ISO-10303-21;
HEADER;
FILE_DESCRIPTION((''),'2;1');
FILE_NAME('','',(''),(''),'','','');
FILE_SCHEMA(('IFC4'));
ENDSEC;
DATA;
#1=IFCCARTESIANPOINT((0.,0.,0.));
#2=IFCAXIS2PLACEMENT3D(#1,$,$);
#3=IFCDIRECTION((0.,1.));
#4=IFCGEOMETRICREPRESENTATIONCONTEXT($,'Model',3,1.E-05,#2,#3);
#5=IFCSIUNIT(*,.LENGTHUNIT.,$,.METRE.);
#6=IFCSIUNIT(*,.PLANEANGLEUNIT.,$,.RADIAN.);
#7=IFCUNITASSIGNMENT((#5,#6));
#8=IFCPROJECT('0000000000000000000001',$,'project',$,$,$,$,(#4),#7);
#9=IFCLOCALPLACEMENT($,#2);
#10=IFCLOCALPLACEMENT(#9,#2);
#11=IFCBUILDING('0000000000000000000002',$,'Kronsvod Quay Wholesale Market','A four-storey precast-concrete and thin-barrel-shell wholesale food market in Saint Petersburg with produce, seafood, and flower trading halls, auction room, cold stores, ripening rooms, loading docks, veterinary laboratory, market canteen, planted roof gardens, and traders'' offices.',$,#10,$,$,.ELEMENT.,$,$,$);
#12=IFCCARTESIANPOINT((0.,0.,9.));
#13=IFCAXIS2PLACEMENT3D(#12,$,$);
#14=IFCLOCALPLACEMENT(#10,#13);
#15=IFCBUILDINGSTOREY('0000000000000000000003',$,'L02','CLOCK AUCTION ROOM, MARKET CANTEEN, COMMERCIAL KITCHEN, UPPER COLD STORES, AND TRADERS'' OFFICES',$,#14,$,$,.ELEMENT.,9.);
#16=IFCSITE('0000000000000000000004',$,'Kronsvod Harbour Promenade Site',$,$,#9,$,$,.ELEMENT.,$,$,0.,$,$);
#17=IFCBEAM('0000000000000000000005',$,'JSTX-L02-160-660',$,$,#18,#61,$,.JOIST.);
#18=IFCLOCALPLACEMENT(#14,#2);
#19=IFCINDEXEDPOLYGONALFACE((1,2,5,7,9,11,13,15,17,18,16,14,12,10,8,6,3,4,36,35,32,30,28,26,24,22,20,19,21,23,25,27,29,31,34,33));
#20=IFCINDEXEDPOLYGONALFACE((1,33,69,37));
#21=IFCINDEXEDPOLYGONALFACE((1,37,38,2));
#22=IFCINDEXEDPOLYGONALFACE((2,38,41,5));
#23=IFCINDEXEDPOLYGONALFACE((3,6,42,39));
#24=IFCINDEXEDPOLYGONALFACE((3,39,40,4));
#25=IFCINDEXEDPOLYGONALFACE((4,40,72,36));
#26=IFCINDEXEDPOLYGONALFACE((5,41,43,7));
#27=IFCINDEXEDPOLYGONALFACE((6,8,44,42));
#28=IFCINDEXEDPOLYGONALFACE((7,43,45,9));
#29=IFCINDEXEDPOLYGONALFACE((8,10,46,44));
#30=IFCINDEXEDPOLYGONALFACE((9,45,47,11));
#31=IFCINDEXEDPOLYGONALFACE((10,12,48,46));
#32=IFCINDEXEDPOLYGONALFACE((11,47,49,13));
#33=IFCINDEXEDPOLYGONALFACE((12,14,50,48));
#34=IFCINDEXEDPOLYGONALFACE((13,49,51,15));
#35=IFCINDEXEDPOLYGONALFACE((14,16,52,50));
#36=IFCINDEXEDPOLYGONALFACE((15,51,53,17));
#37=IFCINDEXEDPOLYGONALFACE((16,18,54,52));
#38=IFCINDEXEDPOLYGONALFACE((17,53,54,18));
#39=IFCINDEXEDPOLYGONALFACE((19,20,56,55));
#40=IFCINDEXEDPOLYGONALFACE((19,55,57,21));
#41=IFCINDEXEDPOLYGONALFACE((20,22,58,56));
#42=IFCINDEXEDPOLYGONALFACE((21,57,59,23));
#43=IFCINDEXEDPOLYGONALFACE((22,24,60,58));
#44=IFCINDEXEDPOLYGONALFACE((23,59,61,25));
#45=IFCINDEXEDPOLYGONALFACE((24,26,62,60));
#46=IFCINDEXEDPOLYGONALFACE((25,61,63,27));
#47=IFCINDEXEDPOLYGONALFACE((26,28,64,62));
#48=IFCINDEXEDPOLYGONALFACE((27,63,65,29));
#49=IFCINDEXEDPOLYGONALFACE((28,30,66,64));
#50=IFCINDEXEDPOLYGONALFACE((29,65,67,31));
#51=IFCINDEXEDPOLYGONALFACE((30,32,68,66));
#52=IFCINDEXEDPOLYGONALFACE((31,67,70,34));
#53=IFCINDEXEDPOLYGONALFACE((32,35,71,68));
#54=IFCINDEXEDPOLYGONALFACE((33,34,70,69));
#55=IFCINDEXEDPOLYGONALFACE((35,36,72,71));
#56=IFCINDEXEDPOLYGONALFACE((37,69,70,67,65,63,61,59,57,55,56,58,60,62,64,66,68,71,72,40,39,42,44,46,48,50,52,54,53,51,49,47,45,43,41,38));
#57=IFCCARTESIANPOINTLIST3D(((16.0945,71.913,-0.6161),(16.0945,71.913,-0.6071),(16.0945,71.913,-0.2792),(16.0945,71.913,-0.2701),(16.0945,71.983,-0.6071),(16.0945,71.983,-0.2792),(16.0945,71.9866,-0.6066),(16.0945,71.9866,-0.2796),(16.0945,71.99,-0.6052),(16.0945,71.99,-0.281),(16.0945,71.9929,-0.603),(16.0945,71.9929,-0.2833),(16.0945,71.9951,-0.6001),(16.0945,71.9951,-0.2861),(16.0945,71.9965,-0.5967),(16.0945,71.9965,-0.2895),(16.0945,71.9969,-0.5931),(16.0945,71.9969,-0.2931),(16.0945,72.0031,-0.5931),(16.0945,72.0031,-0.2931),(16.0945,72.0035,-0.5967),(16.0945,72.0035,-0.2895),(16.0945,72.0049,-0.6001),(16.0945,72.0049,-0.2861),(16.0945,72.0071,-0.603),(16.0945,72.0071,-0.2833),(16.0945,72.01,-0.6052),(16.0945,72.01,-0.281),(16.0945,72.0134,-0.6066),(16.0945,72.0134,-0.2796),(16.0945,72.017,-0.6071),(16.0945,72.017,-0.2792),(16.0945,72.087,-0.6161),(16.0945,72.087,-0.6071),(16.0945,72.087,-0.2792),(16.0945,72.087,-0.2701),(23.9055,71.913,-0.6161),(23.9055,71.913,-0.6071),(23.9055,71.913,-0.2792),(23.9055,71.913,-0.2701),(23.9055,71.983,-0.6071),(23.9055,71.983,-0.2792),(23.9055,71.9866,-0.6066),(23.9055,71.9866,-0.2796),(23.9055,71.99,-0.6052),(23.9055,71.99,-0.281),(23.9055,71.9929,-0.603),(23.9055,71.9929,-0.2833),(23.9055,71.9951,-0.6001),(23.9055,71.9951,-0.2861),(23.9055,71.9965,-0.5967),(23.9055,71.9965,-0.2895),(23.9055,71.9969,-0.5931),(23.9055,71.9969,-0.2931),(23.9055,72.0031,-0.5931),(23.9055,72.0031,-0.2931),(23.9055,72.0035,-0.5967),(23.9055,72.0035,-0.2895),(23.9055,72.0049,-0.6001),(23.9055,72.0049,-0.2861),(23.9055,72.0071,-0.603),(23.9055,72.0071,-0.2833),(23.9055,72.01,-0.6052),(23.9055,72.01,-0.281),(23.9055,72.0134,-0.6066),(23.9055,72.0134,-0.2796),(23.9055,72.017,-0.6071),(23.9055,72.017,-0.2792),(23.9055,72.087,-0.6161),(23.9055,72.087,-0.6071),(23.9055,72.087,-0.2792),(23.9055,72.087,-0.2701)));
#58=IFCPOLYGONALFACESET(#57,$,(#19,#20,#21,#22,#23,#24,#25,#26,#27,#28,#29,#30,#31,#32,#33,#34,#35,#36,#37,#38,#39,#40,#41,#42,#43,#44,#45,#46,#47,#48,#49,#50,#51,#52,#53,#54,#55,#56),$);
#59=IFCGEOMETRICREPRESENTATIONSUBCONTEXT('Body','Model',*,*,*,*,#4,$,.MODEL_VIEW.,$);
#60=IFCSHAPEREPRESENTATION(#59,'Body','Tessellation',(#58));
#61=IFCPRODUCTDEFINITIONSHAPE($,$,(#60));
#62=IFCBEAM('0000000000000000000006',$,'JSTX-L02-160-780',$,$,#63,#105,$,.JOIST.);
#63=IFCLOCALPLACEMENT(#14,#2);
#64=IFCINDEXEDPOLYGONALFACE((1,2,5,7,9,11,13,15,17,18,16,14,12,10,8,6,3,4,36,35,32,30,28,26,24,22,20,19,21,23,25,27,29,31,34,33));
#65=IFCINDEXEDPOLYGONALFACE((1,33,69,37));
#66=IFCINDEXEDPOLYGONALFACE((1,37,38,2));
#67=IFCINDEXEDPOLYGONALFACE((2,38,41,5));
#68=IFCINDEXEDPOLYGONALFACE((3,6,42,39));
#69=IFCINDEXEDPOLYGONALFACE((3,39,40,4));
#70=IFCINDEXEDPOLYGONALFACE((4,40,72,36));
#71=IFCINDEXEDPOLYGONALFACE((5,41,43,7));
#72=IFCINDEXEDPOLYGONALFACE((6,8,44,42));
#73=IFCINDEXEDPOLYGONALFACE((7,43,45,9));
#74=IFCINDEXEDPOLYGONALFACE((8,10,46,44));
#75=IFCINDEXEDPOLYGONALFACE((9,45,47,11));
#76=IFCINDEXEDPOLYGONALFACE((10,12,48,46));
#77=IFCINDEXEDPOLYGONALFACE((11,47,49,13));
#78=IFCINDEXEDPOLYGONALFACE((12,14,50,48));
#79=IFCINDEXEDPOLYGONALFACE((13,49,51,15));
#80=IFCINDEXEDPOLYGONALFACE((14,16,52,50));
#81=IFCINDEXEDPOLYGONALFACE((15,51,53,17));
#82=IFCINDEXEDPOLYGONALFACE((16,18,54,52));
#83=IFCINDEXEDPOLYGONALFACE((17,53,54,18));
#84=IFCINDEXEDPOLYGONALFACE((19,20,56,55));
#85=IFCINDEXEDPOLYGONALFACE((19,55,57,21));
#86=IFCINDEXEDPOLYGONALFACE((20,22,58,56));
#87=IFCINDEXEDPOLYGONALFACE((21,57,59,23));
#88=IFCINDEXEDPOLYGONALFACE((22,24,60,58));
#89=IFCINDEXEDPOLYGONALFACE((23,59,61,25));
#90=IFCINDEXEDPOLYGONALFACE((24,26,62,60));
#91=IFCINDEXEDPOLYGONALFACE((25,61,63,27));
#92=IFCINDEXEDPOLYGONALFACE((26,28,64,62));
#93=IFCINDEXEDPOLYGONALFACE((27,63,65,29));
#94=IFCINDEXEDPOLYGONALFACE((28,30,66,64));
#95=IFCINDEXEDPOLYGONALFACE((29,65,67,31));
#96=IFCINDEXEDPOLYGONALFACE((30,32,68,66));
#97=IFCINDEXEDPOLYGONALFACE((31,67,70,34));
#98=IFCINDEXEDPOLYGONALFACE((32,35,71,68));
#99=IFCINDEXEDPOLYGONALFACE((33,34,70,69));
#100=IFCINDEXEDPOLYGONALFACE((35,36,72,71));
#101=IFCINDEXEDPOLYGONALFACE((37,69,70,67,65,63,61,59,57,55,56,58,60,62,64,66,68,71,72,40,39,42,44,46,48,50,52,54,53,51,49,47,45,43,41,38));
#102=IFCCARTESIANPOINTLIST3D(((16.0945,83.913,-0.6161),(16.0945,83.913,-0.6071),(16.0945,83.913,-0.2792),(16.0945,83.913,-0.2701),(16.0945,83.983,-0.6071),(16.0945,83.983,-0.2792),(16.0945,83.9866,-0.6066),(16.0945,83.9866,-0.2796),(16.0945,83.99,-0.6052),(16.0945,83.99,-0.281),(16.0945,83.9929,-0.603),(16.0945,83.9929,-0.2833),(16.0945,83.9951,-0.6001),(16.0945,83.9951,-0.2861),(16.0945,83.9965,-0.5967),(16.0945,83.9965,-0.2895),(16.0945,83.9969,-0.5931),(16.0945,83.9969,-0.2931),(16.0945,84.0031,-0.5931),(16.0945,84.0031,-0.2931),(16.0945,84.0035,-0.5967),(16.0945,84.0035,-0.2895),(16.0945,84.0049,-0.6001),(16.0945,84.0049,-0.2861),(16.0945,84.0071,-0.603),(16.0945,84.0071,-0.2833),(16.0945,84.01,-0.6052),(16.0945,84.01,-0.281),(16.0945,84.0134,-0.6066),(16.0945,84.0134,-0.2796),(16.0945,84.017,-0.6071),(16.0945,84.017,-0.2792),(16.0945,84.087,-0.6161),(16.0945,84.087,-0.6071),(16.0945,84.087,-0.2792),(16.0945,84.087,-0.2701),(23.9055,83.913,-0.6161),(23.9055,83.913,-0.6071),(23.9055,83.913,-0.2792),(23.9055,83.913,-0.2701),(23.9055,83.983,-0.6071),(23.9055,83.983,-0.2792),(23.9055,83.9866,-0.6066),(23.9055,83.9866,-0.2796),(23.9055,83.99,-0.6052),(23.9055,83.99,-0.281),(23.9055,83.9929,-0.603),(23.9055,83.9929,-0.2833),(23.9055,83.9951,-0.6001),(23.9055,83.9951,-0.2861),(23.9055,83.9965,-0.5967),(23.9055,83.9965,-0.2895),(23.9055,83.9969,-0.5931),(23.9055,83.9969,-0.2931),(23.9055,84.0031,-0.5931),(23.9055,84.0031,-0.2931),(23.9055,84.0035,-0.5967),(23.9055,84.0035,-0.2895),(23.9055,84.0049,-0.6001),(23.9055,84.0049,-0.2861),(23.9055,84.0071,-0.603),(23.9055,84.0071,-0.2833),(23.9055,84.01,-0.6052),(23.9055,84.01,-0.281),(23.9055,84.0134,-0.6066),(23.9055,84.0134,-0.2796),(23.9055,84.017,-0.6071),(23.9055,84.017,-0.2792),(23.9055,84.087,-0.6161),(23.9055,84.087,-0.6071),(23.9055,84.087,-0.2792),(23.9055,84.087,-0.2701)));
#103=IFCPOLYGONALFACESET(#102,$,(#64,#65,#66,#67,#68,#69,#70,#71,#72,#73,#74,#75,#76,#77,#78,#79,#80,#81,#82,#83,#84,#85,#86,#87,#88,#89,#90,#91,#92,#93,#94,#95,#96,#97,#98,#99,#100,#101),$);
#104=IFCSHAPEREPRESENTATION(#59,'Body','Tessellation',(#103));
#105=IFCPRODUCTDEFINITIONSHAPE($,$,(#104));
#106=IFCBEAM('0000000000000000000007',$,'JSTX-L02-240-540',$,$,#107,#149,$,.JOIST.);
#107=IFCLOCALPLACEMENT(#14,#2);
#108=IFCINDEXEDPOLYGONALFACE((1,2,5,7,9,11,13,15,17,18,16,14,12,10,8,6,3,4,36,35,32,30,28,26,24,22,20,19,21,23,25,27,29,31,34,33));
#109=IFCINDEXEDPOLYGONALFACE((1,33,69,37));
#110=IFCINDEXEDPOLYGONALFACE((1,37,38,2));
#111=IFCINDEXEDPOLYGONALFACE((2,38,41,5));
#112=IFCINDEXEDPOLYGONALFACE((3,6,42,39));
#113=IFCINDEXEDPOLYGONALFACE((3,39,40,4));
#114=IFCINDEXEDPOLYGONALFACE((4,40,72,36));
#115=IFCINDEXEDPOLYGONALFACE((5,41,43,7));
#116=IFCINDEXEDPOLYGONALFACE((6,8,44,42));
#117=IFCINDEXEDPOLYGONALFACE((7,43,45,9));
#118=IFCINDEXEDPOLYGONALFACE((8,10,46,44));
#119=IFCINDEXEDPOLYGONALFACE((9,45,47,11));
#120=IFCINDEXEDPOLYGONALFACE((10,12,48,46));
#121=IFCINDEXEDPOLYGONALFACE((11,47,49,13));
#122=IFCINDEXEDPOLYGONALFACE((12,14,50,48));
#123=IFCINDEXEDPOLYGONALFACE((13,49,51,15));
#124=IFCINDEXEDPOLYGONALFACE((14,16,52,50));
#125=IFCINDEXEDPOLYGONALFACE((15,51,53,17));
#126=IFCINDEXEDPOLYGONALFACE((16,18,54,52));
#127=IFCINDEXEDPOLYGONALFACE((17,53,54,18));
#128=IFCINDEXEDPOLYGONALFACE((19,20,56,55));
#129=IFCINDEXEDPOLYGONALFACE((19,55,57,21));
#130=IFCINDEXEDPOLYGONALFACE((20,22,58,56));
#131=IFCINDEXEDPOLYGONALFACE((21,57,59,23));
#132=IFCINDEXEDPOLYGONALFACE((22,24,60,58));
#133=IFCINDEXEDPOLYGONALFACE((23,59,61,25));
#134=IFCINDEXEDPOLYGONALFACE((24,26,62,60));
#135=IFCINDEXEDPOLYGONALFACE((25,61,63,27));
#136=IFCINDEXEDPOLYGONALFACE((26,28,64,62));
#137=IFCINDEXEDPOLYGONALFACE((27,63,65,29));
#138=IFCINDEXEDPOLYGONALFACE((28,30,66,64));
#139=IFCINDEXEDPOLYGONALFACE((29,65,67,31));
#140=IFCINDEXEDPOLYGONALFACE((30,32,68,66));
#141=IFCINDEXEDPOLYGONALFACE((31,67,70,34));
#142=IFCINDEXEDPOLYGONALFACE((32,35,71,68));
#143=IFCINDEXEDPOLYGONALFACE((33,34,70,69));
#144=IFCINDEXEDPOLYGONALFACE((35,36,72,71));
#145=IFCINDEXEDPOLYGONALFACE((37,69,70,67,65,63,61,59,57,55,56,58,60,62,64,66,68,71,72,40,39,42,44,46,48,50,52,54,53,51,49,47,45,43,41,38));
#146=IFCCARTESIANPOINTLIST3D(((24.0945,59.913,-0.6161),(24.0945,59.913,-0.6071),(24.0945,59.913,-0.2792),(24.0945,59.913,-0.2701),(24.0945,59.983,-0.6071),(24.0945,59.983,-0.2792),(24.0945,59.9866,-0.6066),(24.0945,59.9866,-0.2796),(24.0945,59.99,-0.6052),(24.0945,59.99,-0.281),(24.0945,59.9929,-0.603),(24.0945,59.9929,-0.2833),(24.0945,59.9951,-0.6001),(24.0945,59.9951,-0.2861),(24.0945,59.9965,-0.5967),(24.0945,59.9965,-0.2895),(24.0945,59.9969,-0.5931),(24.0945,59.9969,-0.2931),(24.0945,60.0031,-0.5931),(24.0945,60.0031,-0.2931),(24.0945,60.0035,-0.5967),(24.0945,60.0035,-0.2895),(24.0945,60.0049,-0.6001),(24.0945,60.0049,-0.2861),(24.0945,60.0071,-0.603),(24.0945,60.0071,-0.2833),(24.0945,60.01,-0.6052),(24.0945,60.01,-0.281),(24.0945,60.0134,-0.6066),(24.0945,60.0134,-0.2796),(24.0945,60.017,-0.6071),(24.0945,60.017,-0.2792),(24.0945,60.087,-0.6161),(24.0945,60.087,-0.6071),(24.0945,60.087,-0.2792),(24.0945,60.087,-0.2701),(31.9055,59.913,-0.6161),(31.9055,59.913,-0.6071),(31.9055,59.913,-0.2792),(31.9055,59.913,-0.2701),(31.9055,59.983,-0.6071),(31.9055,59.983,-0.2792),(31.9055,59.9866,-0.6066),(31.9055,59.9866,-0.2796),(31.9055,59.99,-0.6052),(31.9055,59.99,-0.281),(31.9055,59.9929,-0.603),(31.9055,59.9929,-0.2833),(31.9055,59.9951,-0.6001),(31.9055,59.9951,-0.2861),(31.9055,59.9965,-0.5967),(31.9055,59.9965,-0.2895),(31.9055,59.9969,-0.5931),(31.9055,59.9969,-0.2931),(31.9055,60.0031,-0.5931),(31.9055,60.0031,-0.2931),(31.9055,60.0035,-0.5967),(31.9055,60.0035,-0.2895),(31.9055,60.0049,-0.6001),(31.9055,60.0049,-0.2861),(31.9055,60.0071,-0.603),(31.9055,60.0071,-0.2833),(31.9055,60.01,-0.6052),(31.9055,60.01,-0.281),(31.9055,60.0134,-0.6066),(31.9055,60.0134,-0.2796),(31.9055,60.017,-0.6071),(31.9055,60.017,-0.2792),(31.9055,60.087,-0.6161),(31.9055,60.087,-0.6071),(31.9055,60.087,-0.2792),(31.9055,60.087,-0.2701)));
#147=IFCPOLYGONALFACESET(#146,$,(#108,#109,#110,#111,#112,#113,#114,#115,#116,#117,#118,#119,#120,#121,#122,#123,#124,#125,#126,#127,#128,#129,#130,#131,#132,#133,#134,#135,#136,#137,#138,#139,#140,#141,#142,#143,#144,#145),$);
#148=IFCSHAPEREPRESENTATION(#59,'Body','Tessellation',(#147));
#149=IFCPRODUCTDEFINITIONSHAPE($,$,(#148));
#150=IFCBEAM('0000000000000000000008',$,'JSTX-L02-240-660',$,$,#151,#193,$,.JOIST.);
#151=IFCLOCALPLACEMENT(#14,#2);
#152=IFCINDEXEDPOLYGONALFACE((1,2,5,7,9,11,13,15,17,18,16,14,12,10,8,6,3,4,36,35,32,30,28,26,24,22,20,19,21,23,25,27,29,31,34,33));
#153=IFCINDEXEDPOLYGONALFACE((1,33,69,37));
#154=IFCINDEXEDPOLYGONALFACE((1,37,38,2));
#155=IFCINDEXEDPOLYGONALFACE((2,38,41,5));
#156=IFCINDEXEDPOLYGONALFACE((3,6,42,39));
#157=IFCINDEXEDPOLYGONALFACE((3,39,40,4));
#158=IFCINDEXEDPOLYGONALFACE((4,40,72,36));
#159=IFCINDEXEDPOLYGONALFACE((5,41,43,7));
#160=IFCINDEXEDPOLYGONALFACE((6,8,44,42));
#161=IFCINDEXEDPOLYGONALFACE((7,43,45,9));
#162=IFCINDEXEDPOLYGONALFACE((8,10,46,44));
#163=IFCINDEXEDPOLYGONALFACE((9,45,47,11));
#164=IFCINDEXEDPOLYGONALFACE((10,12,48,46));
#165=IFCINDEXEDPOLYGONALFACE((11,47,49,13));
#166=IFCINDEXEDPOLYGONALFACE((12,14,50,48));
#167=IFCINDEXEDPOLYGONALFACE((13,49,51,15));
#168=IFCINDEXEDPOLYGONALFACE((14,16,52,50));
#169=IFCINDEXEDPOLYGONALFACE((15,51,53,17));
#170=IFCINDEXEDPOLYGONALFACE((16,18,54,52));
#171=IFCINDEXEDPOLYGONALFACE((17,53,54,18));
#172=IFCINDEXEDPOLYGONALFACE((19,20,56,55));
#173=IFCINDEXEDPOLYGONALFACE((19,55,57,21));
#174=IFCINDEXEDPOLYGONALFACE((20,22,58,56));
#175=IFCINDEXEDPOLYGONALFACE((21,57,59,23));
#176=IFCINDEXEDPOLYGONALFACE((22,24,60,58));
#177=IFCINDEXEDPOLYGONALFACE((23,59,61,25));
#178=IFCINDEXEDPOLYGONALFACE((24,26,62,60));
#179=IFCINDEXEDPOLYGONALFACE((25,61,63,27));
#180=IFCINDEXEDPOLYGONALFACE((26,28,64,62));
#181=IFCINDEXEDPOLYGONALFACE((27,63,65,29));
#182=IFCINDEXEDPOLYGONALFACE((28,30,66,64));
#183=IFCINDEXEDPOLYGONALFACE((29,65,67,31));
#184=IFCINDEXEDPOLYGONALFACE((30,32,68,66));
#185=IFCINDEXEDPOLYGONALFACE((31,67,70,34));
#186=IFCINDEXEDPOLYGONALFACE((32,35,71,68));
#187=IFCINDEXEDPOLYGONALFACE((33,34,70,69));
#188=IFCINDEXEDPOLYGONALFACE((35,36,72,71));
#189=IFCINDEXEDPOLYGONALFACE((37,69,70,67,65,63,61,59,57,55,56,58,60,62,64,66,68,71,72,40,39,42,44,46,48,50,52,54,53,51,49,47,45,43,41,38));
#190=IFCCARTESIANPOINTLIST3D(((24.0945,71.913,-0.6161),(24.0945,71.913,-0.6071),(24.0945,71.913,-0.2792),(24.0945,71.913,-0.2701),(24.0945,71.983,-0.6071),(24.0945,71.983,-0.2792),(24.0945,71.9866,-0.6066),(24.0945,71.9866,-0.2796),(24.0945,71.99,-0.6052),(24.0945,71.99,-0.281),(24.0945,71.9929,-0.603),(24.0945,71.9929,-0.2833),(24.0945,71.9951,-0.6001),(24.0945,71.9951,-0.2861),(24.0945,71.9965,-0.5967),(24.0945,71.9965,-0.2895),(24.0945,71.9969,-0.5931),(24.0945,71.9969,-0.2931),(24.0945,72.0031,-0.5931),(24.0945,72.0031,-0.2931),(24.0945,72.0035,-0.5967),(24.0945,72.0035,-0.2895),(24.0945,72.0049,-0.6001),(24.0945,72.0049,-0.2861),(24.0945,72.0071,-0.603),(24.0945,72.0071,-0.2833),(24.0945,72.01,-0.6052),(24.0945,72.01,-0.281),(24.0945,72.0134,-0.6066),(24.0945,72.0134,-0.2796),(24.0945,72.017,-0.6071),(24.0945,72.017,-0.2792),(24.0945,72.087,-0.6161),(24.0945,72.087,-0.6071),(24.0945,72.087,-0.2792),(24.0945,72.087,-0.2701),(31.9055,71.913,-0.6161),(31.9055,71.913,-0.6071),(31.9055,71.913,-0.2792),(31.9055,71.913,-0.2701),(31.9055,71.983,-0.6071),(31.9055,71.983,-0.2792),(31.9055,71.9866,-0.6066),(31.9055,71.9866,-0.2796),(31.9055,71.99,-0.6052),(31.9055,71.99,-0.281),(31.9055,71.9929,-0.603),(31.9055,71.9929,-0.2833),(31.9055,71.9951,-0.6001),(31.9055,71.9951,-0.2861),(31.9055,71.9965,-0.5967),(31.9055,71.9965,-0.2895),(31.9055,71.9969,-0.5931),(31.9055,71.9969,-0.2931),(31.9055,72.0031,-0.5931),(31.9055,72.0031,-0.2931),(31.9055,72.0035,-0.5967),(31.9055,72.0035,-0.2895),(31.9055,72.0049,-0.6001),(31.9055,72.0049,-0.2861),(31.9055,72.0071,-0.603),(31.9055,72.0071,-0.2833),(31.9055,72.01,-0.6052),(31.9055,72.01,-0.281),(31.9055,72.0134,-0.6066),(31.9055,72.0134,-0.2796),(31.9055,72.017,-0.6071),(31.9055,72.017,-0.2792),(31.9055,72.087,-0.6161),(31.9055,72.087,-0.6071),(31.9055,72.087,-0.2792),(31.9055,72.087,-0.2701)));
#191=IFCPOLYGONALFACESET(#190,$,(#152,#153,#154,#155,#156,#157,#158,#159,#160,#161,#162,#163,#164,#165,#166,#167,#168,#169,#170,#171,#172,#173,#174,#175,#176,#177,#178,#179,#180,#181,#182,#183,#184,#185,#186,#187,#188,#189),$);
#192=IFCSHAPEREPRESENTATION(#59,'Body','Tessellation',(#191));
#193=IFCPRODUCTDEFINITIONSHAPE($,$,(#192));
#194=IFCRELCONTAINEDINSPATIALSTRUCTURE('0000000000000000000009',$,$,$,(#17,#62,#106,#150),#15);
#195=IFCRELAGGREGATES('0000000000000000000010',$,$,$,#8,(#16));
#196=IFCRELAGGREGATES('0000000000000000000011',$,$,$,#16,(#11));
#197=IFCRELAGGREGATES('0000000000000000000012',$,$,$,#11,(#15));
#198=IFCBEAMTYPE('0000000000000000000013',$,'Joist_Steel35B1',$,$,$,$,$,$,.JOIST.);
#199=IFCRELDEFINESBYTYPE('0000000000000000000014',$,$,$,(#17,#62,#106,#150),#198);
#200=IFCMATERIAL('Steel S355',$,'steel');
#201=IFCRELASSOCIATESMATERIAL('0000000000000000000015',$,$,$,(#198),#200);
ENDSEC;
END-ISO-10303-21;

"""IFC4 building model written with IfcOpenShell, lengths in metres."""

from ifc_helpers import new_model, si_unit, direction, frame, origin, origin_2d, place, context, subcontext, project, spatial, i_section, extrude, material, material_profile, profile_set, type_object, element, save


model = new_model("IFC4")

# Units and contexts
model_context = context("Model", 3, precision=1e-05, world=origin(), true_north=direction((0.0, 1.0)))
body_context = subcontext(model_context, "Body", "Model", "MODEL_VIEW")
ifc_project = project(units=[si_unit("LENGTHUNIT", "METRE"), si_unit("PLANEANGLEUNIT", "RADIAN")], contexts=[model_context])

# Site, building, storey
site_placement = place(None, origin())
site = spatial("IfcSite", under=ifc_project, at=site_placement, Name="Kronsvod Harbour Promenade Site", CompositionType="ELEMENT", RefElevation=0.0)
building_placement = place(site_placement, origin())
building = spatial("IfcBuilding", under=site, at=building_placement, Name="Kronsvod Quay Wholesale Market", Description="A four-storey precast-concrete and thin-barrel-shell wholesale food market in Saint Petersburg with produce, seafood, and flower trading halls, auction room, cold stores, ripening rooms, loading docks, veterinary laboratory, market canteen, planted roof gardens, and traders' offices.", CompositionType="ELEMENT")
storey_placement = place(building_placement, frame((0.0, 0.0, 9.0)))
storey = spatial("IfcBuildingStorey", under=building, at=storey_placement, Name="L02", Description="CLOCK AUCTION ROOM, MARKET CANTEEN, COMMERCIAL KITCHEN, UPPER COLD STORES, AND TRADERS' OFFICES", CompositionType="ELEMENT", Elevation=9.0)

# Beams
ifc_material_1 = material(Name="Steel S355", Category="steel")
ifc_material_profile_1 = material_profile(ifc_material_1, i_section(OverallWidth=0.1741, OverallDepth=0.3459, WebThickness=0.0061, FlangeThickness=0.009, FilletRadius=0.0139, at=origin_2d()), Name="35B1")
ifc_profile_set_1 = profile_set([ifc_material_profile_1], Name="Steel S355")
beam_type_1 = type_object("IfcBeamType", Name="Joist_Steel35B1", PredefinedType="JOIST", material=ifc_profile_set_1)
for number, where, z_axis, x_axis, name in (
    (1, (16.0945, 72.0, -0.4431), (1.0, 0.0, 0.0), (0.0, 1.0, 0.0), "JSTX-L02-160-660"),
    (2, (16.0945, 84.0, -0.4431), (1.0, 0.0, 0.0), (0.0, 1.0, 0.0), "JSTX-L02-160-780"),
    (3, (24.0945, 60.0, -0.4431), (1.0, 0.0, 0.0), (0.0, 1.0, 0.0), "JSTX-L02-240-540"),
    (4, (24.0945, 72.0, -0.4431), (1.0, 0.0, 0.0), (0.0, 1.0, 0.0), "JSTX-L02-240-660"),
):
    element("IfcBeam", number, at=place(storey_placement, frame(where, z_axis=z_axis, x_axis=x_axis)), inside=storey, type_object=beam_type_1, Name=name, PredefinedType="JOIST", context=body_context, shape_type="SweptSolid", body=[
        extrude(i_section(OverallWidth=0.1741, OverallDepth=0.3459, WebThickness=0.0061, FlangeThickness=0.009, FilletRadius=0.0139, at=origin_2d()), origin(), (0.0, 0.0, 1.0), 7.811),
    ])

save(model, "model.ifc")
